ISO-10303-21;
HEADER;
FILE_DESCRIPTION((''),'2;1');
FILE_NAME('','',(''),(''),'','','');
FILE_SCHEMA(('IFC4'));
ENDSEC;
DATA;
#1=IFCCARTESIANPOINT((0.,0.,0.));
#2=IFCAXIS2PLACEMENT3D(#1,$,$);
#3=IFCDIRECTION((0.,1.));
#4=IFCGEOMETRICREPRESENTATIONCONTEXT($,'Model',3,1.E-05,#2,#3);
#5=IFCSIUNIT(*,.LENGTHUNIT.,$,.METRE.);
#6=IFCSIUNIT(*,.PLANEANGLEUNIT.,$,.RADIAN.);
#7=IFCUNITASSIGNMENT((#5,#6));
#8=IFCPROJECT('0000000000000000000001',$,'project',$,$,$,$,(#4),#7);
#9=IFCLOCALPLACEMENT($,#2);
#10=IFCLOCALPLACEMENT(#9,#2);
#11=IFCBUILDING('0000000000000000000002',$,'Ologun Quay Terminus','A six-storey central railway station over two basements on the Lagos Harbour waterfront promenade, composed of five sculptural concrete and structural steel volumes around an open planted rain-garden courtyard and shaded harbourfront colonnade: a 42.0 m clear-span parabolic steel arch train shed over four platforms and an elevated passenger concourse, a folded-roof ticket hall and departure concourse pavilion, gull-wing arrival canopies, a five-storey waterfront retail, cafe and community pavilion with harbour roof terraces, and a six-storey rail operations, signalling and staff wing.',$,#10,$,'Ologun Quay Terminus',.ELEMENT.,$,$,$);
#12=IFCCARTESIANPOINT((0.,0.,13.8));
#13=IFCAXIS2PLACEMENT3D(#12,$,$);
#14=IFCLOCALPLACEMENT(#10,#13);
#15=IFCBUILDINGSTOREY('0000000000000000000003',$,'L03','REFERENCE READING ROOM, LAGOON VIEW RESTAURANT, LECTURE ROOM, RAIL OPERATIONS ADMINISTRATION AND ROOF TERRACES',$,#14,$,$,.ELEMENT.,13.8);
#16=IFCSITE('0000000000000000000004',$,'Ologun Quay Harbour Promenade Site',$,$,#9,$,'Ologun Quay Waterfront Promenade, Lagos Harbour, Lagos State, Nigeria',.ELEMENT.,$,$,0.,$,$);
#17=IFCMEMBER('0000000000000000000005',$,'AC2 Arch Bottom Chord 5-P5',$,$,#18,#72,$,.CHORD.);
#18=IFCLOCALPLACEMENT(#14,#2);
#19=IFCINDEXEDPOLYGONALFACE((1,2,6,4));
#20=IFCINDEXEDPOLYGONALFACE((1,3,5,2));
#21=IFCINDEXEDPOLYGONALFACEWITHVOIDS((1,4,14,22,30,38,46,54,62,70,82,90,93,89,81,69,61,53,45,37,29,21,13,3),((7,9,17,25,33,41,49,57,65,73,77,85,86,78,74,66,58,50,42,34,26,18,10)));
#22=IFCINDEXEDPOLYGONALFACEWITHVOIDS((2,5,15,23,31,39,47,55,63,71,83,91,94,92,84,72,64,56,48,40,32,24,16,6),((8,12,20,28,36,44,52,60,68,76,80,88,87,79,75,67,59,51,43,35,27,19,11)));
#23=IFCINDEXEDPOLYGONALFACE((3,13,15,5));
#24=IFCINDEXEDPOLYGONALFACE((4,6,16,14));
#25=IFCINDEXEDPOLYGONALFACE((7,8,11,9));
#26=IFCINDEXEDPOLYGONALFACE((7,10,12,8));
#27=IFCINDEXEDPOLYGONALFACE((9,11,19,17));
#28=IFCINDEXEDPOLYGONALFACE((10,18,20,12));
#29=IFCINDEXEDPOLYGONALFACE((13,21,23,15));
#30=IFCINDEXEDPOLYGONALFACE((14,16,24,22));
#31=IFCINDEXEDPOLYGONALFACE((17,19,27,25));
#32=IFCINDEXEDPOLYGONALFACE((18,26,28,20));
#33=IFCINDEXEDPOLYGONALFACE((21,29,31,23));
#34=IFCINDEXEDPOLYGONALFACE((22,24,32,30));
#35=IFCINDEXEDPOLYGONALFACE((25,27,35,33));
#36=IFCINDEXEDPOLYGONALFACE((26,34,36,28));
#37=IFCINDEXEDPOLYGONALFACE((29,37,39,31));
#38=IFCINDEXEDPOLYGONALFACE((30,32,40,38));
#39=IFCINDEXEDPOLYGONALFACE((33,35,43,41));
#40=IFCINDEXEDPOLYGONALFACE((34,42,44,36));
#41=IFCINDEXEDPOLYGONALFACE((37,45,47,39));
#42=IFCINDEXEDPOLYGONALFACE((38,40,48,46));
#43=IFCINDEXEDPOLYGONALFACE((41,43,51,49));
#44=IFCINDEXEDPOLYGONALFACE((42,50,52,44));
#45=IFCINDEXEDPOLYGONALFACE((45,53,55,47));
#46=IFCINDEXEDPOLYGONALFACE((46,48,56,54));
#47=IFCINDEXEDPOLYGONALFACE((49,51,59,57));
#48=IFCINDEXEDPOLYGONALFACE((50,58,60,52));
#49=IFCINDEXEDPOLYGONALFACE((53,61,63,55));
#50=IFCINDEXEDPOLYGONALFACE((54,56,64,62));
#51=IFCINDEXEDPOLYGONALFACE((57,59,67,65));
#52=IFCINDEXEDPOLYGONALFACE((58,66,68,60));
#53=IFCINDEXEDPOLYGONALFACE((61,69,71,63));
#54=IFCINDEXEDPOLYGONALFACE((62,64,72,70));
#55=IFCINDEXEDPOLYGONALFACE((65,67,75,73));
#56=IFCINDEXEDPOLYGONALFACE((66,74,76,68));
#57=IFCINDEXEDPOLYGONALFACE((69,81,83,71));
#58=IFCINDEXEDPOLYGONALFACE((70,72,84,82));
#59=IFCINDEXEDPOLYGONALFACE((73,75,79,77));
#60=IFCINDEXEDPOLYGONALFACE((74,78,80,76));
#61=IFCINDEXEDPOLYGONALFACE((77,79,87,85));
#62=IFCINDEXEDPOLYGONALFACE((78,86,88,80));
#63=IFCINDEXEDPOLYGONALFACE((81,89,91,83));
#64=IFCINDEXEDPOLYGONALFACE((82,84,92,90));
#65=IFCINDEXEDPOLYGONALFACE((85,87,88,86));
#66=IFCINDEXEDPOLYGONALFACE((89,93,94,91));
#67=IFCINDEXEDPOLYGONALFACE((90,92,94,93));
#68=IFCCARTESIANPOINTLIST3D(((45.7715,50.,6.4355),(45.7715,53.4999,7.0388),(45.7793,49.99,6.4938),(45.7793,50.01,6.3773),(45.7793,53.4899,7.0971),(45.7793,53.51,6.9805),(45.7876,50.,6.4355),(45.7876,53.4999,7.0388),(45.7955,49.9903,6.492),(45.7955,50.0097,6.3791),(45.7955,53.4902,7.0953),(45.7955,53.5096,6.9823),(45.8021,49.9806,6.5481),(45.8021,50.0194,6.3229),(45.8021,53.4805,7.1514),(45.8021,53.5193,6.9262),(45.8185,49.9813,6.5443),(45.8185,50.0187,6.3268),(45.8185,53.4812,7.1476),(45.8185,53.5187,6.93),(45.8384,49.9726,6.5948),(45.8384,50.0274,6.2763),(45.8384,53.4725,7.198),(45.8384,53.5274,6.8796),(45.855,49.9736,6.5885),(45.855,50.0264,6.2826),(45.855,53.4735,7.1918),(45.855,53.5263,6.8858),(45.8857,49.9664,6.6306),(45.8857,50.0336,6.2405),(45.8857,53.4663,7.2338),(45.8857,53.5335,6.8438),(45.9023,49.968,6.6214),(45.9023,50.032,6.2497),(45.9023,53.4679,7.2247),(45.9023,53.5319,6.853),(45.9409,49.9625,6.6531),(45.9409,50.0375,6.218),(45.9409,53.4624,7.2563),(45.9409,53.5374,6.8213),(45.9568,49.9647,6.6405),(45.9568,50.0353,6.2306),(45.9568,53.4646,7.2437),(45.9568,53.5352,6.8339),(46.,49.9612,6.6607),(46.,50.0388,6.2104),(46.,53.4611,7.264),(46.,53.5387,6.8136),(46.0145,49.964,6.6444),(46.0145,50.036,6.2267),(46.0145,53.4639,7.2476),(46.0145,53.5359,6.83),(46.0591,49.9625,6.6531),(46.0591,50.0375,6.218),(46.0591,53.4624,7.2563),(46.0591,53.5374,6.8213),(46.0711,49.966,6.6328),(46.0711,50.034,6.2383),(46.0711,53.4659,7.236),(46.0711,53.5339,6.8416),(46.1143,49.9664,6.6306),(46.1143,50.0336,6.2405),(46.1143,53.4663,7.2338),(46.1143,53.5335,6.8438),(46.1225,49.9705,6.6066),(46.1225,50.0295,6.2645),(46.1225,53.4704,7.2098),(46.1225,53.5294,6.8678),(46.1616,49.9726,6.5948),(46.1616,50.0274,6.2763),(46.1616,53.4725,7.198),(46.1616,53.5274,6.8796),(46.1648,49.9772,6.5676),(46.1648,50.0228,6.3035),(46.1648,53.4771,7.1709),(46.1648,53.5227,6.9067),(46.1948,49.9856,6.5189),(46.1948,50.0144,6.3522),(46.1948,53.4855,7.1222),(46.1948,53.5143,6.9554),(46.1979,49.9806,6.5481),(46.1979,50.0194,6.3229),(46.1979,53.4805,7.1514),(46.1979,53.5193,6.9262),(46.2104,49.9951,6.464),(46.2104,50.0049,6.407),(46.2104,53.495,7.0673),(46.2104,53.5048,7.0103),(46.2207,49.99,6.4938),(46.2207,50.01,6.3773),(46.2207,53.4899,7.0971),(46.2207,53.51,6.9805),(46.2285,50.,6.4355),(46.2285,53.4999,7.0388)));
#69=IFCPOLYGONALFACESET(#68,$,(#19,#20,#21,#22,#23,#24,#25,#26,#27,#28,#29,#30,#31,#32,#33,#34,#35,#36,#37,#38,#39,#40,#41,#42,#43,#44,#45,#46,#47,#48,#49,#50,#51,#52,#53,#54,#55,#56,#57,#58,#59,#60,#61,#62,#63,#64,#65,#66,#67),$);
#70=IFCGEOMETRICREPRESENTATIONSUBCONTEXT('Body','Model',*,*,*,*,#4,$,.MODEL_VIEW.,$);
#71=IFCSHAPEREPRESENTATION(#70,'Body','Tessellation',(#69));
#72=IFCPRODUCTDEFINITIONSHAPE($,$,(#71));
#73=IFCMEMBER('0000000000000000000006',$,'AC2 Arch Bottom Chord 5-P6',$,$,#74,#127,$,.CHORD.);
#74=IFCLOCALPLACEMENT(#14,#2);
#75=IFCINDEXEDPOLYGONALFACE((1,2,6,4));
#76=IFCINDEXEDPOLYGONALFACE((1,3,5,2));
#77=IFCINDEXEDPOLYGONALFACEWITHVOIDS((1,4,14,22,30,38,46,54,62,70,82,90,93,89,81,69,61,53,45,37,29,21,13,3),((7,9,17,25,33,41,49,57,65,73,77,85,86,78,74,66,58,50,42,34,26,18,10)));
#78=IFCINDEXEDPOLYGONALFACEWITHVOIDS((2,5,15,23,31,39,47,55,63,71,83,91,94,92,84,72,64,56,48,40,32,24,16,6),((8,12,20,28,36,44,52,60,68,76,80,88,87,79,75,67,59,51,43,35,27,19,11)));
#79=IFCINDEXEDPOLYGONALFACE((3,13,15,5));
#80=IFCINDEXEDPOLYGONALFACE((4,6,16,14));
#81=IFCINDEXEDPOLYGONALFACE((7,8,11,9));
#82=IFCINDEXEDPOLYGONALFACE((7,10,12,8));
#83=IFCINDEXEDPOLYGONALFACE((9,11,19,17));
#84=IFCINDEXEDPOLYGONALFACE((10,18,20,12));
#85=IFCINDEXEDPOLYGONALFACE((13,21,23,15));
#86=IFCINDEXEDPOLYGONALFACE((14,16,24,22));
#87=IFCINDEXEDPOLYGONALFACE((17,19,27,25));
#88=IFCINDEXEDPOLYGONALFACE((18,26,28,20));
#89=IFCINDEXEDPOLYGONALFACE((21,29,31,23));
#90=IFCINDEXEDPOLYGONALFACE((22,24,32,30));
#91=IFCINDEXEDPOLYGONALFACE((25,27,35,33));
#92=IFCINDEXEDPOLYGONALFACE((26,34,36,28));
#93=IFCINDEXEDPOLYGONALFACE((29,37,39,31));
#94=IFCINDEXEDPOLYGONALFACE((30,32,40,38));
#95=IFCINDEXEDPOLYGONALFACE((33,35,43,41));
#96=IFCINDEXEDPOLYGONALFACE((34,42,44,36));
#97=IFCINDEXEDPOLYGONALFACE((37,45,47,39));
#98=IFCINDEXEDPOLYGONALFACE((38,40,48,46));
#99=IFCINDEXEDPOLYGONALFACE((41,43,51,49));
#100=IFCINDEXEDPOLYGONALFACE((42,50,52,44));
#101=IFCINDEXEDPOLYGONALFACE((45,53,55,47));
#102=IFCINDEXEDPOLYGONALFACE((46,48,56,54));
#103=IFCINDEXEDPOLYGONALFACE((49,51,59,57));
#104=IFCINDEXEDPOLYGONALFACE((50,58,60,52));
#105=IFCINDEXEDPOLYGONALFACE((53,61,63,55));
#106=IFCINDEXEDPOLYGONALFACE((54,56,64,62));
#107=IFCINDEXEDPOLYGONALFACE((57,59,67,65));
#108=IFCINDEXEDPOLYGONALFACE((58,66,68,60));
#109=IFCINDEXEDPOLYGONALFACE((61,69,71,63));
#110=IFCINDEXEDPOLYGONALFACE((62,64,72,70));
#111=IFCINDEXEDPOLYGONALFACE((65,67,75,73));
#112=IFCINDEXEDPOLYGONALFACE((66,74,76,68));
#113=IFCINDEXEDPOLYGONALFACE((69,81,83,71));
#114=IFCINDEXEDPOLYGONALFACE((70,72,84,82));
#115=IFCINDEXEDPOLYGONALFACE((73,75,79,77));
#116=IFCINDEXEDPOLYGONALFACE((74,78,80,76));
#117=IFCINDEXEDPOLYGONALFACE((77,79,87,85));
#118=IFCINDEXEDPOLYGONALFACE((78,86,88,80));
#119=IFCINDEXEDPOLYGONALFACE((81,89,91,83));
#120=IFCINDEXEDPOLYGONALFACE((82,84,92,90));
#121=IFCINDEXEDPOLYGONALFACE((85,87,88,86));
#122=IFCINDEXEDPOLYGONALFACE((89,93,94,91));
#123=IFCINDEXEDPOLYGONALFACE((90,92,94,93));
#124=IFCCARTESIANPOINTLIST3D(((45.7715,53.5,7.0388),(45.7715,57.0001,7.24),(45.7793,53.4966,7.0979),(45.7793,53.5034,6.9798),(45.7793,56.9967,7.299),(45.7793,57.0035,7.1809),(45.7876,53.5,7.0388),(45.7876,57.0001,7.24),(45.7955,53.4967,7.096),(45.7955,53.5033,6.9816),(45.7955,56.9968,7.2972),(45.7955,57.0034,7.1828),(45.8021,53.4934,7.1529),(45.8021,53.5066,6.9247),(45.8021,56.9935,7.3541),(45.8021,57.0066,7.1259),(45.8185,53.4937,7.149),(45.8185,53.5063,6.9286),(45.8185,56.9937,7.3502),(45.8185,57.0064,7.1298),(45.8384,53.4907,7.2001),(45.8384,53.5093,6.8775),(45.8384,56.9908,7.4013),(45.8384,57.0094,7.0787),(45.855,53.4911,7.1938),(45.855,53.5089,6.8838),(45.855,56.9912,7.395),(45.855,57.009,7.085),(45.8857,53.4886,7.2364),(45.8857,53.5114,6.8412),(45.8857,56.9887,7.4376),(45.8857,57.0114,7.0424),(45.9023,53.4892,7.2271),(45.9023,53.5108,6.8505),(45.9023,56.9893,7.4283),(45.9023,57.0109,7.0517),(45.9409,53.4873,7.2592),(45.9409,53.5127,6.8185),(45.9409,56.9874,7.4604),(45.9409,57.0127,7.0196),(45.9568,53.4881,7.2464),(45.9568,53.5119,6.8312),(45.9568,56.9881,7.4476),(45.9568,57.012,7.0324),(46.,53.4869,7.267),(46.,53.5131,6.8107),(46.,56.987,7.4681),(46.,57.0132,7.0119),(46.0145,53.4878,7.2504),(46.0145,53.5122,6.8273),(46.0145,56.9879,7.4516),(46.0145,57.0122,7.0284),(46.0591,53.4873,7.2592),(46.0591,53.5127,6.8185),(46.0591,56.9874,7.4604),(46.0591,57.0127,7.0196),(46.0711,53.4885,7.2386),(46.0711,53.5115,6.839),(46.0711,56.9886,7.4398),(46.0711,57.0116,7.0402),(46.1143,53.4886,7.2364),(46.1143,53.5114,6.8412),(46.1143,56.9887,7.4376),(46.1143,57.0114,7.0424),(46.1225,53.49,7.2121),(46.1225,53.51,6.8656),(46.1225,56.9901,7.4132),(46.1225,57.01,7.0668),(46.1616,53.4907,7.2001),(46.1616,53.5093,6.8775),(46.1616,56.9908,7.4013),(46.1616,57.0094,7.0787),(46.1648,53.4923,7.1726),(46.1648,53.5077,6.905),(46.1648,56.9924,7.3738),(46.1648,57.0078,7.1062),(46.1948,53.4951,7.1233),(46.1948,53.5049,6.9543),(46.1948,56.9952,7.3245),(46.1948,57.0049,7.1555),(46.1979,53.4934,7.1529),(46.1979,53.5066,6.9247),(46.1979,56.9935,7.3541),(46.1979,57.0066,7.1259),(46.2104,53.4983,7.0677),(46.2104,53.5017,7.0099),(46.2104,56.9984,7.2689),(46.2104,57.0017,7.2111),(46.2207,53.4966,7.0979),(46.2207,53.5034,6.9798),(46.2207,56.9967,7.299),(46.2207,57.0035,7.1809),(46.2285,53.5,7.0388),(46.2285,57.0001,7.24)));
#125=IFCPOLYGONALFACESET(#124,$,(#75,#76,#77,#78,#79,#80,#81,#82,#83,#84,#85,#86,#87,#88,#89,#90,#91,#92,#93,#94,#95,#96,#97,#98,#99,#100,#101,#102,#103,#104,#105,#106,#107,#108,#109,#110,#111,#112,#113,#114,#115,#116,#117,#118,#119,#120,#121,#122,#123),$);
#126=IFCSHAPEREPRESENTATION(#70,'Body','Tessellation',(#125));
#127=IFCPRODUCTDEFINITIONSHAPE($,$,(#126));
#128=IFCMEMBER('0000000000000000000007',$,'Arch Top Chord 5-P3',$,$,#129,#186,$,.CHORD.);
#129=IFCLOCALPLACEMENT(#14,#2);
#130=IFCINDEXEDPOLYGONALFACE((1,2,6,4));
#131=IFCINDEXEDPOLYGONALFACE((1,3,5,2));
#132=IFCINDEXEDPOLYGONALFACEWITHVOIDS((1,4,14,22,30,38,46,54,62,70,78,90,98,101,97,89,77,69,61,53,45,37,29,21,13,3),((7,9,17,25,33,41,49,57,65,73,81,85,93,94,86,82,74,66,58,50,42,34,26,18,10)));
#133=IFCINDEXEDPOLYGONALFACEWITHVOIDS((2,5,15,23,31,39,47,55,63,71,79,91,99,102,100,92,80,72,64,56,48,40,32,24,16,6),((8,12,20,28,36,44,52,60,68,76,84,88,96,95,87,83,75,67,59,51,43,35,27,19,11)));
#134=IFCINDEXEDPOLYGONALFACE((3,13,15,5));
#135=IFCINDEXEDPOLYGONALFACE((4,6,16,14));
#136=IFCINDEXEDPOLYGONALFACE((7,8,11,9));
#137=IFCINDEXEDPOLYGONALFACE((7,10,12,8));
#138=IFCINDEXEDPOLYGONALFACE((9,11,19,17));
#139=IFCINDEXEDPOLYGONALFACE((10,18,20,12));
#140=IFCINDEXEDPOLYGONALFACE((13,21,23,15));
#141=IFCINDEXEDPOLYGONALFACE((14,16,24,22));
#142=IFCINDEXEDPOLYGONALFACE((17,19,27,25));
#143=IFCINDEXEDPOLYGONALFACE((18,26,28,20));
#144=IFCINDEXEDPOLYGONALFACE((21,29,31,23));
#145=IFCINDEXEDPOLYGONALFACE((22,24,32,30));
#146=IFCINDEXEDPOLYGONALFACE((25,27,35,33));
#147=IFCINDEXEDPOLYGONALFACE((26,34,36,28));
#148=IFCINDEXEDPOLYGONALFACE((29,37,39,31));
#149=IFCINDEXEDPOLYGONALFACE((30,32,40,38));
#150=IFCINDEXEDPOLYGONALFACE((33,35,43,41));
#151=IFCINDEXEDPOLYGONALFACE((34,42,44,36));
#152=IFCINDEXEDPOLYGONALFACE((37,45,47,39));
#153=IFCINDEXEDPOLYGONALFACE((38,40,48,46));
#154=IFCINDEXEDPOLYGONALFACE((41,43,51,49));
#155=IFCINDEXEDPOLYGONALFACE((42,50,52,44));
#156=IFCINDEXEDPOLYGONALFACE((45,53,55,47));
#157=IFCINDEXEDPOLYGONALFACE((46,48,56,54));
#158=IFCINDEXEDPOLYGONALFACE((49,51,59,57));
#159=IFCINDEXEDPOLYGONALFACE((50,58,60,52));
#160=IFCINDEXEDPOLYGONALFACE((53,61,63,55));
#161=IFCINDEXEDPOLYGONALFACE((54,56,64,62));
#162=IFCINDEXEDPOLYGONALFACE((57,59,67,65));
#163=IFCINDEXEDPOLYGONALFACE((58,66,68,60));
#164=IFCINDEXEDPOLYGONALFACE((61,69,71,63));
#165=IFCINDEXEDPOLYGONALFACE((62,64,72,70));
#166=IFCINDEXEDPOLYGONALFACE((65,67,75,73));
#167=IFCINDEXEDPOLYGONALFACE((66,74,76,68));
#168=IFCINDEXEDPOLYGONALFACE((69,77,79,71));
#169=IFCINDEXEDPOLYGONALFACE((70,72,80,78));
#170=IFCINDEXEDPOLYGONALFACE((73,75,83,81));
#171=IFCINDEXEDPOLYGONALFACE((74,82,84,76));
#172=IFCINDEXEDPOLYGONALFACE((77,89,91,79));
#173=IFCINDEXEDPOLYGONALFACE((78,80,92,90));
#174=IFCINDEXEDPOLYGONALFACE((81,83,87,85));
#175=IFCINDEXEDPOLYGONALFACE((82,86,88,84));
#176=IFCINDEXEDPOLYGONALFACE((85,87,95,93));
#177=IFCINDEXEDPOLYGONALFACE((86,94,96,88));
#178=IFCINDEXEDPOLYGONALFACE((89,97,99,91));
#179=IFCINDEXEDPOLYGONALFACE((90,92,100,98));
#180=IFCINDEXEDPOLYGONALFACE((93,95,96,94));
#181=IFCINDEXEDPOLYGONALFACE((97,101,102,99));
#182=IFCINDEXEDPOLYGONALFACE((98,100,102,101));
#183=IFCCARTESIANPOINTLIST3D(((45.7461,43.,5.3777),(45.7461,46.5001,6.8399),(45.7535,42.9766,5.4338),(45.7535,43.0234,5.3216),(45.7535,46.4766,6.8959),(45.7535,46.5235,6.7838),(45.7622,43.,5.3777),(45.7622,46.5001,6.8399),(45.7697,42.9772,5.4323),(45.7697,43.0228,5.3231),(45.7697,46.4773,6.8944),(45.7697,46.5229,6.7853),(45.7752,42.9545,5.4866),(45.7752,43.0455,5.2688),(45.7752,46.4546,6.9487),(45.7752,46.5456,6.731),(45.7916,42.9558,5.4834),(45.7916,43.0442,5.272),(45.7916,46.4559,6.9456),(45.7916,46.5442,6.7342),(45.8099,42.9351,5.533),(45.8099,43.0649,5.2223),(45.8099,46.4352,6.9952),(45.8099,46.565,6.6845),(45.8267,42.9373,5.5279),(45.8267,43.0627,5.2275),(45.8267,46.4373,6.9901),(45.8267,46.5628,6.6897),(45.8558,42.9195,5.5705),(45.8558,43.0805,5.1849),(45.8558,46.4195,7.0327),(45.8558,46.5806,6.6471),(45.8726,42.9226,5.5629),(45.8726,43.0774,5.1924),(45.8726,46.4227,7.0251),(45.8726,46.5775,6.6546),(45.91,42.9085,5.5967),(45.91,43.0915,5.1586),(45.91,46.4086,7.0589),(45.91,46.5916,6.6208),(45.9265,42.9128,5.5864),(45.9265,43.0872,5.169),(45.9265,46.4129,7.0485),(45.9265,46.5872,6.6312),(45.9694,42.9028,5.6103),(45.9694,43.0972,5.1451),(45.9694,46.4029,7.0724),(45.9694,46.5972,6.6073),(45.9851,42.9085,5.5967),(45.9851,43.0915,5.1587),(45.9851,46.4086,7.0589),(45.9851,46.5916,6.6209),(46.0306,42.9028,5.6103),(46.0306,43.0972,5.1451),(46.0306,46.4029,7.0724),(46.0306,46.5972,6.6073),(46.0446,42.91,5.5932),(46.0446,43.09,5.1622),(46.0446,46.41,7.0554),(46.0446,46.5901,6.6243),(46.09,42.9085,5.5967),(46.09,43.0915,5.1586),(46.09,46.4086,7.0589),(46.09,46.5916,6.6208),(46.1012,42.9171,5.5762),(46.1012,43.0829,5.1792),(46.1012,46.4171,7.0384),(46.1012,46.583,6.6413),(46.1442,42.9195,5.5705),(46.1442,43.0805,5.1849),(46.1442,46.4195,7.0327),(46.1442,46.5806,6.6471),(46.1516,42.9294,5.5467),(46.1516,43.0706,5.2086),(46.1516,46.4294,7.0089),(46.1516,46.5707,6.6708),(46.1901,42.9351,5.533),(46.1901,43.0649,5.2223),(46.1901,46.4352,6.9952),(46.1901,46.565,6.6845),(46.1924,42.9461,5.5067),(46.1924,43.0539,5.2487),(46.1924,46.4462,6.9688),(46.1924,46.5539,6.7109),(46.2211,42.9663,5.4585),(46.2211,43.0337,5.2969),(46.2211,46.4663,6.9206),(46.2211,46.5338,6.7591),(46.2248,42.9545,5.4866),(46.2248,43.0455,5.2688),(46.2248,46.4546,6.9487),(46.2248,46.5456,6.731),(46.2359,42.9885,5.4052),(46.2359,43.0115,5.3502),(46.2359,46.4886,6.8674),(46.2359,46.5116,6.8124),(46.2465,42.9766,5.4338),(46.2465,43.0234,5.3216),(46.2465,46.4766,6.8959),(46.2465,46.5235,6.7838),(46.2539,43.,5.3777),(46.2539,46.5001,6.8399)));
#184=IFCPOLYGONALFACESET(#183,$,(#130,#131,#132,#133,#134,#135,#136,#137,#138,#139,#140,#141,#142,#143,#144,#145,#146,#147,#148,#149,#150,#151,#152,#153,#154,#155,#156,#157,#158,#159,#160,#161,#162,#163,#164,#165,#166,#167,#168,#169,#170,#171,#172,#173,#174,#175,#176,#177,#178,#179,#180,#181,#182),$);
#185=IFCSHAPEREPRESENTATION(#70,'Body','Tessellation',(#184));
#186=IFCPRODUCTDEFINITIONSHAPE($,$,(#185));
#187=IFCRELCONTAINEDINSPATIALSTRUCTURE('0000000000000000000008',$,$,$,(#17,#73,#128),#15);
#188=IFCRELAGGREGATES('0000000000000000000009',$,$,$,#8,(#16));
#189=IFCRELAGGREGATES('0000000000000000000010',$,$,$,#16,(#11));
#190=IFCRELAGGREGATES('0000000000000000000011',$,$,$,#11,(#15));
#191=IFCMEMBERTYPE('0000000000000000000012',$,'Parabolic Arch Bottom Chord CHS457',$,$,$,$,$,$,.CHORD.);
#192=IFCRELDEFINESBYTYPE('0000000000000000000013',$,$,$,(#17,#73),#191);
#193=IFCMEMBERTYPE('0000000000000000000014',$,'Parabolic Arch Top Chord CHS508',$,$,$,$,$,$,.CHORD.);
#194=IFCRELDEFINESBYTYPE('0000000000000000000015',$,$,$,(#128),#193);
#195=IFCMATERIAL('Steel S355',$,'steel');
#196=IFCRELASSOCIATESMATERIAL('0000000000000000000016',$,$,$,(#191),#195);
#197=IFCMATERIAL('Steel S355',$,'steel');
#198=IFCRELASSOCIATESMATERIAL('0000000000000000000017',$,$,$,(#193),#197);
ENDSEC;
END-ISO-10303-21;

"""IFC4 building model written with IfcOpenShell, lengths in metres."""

from ifc_helpers import new_model, si_unit, direction, frame, origin, origin_2d, place, context, subcontext, project, spatial, hollow_circle, extrude, material, material_profile, profile_set, type_object, element, save


model = new_model("IFC4")

# Units and contexts
model_context = context("Model", 3, precision=1e-05, world=origin(), true_north=direction((0.0, 1.0)))
body_context = subcontext(model_context, "Body", "Model", "MODEL_VIEW")
ifc_project = project(units=[si_unit("LENGTHUNIT", "METRE"), si_unit("PLANEANGLEUNIT", "RADIAN")], contexts=[model_context])

# Site, building, storey
site_placement = place(None, origin())
site = spatial("IfcSite", under=ifc_project, at=site_placement, Name="Ologun Quay Harbour Promenade Site", LongName="Ologun Quay Waterfront Promenade, Lagos Harbour, Lagos State, Nigeria", CompositionType="ELEMENT", RefElevation=0.0)
building_placement = place(site_placement, origin())
building = spatial("IfcBuilding", under=site, at=building_placement, Name="Ologun Quay Terminus", Description="A six-storey central railway station over two basements on the Lagos Harbour waterfront promenade, composed of five sculptural concrete and structural steel volumes around an open planted rain-garden courtyard and shaded harbourfront colonnade: a 42.0 m clear-span parabolic steel arch train shed over four platforms and an elevated passenger concourse, a folded-roof ticket hall and departure concourse pavilion, gull-wing arrival canopies, a five-storey waterfront retail, cafe and community pavilion with harbour roof terraces, and a six-storey rail operations, signalling and staff wing.", LongName="Ologun Quay Terminus", CompositionType="ELEMENT")
storey_placement = place(building_placement, frame((0.0, 0.0, 13.8)))
storey = spatial("IfcBuildingStorey", under=building, at=storey_placement, Name="L03", Description="REFERENCE READING ROOM, LAGOON VIEW RESTAURANT, LECTURE ROOM, RAIL OPERATIONS ADMINISTRATION AND ROOF TERRACES", CompositionType="ELEMENT", Elevation=13.8)

# Members
ifc_material_1 = material(Name="Steel S355", Category="steel")
ifc_material_profile_1 = material_profile(ifc_material_1, hollow_circle(Radius=0.2285, WallThickness=0.0161, at=origin_2d()), Name="CHS 457x16")
ifc_profile_set_1 = profile_set([ifc_material_profile_1], Name="Steel S355")
member_type_1 = type_object("IfcMemberType", Name="Parabolic Arch Bottom Chord CHS457", PredefinedType="CHORD", material=ifc_profile_set_1)
member_1_placement = place(storey_placement, frame((46.0, 50.0, 6.4355), z_axis=(0.0, 0.985468, 0.169859), x_axis=(-1.0, 0.0, 0.0)))
element("IfcMember", 1, at=member_1_placement, inside=storey, type_object=member_type_1, Name="AC2 Arch Bottom Chord 5-P5", PredefinedType="CHORD", context=body_context, shape_type="SweptSolid", body=[
    extrude(hollow_circle(Radius=0.2285, WallThickness=0.0161, at=origin_2d()), origin(), (0.0, 0.0, 1.0), 3.5515),
])
member_2_placement = place(storey_placement, frame((46.0, 53.5, 7.0388), z_axis=(0.0, 0.998352, 0.057383), x_axis=(-1.0, 0.0, 0.0)))
element("IfcMember", 2, at=member_2_placement, inside=storey, type_object=member_type_1, Name="AC2 Arch Bottom Chord 5-P6", PredefinedType="CHORD", context=body_context, shape_type="SweptSolid", body=[
    extrude(hollow_circle(Radius=0.2285, WallThickness=0.0161, at=origin_2d()), origin(), (0.0, 0.0, 1.0), 3.5059),
])
ifc_material_2 = material(Name="Steel S355", Category="steel")
ifc_material_profile_2 = material_profile(ifc_material_2, hollow_circle(Radius=0.2539, WallThickness=0.0161, at=origin_2d()), Name="CHS 508x16")
ifc_profile_set_2 = profile_set([ifc_material_profile_2], Name="Steel S355")
member_type_2 = type_object("IfcMemberType", Name="Parabolic Arch Top Chord CHS508", PredefinedType="CHORD", material=ifc_profile_set_2)
member_3_placement = place(storey_placement, frame((46.0, 43.0, 5.3777), z_axis=(0.0, 0.922719, 0.385474), x_axis=(-1.0, 0.0, 0.0)))
element("IfcMember", 3, at=member_3_placement, inside=storey, type_object=member_type_2, Name="Arch Top Chord 5-P3", PredefinedType="CHORD", context=body_context, shape_type="SweptSolid", body=[
    extrude(hollow_circle(Radius=0.2539, WallThickness=0.0161, at=origin_2d()), origin(), (0.0, 0.0, 1.0), 3.7932),
])

save(model, "model.ifc")
